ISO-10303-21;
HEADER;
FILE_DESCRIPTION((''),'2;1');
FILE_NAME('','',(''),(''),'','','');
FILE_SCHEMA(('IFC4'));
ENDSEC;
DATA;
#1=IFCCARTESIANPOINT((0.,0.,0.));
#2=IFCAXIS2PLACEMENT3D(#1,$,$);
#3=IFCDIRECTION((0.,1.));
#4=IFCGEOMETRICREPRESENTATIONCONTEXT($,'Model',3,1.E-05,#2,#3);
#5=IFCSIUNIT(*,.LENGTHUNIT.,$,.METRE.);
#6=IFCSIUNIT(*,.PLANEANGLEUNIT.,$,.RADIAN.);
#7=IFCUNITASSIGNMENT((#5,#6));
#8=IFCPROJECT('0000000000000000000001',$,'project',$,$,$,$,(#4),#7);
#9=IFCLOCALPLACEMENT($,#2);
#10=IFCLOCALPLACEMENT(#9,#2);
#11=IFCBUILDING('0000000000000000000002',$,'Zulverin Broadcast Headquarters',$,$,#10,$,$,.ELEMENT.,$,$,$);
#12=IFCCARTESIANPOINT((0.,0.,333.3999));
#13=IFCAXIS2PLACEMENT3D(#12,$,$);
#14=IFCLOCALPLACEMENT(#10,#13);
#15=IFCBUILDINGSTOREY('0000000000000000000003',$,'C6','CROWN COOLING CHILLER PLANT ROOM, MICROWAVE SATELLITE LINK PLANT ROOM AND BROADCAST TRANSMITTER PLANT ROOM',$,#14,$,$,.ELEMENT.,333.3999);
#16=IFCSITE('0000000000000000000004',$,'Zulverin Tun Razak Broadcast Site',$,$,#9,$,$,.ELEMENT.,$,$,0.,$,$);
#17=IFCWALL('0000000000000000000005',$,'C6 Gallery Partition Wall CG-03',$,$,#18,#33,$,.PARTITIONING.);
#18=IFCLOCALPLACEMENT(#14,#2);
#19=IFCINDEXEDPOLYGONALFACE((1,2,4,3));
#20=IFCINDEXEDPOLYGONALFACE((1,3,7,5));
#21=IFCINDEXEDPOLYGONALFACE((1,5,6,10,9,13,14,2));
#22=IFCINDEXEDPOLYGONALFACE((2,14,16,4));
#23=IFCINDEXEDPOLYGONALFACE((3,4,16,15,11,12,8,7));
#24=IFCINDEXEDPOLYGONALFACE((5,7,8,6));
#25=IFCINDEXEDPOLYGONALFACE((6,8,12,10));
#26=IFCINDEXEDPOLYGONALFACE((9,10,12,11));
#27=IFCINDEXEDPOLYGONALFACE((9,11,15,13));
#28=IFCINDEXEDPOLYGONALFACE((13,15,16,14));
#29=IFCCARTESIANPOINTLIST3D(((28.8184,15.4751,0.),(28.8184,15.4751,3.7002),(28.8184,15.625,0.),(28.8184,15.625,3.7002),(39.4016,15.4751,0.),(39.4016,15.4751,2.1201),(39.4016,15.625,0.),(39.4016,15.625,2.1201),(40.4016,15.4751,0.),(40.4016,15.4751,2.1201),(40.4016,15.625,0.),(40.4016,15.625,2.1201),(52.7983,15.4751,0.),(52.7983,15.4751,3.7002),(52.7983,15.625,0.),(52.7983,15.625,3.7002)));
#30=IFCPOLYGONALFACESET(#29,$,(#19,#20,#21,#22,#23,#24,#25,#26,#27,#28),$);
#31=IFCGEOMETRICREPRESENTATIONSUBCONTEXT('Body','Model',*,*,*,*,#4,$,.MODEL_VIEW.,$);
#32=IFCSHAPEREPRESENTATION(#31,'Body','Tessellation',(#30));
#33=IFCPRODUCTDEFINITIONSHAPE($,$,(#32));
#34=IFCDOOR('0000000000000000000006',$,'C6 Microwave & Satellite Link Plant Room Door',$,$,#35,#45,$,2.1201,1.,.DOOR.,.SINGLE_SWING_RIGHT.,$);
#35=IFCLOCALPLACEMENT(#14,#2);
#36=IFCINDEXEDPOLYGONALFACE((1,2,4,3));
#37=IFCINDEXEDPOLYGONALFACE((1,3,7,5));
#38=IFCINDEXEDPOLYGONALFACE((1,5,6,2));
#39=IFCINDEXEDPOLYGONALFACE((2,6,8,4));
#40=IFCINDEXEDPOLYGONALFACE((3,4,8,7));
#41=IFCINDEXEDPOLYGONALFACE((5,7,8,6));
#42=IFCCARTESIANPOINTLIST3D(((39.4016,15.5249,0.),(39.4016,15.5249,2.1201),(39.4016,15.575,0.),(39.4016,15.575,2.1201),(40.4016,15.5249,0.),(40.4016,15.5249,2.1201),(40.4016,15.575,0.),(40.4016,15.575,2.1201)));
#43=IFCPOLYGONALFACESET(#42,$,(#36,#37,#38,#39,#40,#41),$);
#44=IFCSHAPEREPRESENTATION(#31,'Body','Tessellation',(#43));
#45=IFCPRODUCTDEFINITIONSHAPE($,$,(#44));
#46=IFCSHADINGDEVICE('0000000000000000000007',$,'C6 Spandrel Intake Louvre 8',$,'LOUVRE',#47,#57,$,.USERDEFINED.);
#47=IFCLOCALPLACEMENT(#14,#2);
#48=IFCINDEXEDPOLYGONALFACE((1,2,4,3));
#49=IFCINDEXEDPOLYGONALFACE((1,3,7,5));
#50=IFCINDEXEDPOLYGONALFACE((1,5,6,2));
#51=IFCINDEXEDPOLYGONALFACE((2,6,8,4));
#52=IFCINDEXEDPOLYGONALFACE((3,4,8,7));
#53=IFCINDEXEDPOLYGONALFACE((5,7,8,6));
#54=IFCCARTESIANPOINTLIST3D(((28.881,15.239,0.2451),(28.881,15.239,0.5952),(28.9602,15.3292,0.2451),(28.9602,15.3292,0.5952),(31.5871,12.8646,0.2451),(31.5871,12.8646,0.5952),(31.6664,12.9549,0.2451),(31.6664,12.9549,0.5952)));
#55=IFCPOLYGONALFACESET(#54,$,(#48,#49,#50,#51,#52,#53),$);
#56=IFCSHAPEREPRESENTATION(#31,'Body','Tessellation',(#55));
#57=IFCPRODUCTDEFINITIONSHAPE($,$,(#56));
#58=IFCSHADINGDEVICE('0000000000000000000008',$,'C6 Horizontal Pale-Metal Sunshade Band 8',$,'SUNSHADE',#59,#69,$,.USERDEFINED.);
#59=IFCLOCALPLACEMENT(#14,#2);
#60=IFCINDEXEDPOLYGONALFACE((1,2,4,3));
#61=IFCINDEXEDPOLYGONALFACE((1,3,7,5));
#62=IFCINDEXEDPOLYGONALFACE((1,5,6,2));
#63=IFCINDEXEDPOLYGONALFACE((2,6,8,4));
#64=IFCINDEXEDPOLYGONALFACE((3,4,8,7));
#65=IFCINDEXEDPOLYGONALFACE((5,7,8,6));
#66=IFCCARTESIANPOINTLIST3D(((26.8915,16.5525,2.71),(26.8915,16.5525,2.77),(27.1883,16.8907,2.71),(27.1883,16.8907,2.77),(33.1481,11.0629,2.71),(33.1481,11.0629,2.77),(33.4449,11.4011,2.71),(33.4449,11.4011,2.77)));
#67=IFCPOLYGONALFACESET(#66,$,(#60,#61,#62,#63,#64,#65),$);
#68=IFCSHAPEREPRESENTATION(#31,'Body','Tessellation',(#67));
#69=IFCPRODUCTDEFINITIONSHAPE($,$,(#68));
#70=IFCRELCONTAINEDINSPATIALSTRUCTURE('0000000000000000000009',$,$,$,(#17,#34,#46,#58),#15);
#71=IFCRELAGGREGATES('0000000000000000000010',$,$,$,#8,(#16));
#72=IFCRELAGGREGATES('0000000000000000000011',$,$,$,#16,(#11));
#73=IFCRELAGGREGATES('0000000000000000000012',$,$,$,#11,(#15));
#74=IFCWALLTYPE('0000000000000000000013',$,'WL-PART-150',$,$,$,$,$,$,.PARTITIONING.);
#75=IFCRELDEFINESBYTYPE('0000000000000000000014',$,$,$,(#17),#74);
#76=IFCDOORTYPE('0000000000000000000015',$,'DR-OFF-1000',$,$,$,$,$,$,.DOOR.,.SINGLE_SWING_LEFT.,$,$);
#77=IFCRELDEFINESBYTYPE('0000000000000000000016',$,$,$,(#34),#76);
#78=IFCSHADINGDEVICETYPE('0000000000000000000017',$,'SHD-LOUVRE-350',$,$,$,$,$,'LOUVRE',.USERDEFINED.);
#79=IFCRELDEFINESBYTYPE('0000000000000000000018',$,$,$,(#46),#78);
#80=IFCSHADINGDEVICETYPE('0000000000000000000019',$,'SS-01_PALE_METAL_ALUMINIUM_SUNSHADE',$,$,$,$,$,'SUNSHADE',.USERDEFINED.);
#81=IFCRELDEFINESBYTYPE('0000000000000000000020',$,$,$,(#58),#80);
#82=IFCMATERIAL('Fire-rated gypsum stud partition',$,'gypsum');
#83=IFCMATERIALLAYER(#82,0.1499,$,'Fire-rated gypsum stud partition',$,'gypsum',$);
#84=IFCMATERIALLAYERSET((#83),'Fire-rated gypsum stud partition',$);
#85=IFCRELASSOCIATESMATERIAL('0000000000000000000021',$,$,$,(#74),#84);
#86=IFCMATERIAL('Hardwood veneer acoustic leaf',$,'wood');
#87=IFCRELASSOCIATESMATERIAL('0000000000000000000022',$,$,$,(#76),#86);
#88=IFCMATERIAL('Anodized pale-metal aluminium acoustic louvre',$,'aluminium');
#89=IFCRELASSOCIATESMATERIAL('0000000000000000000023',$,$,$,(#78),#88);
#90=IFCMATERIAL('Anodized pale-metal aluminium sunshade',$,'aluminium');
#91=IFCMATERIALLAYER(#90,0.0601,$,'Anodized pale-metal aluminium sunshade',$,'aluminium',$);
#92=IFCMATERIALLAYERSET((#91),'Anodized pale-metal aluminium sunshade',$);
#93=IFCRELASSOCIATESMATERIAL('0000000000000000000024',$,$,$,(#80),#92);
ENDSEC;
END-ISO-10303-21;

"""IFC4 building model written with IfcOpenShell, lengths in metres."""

from ifc_helpers import new_model, si_unit, direction, frame, frame_2d, origin, origin_2d, place, context, subcontext, project, spatial, rectangle, extrude, material, layer, layer_set, type_object, element, fill, save


model = new_model("IFC4")

# Units and contexts
model_context = context("Model", 3, precision=1e-05, world=origin(), true_north=direction((0.0, 1.0)))
body_context = subcontext(model_context, "Body", "Model", "MODEL_VIEW")
ifc_project = project(units=[si_unit("LENGTHUNIT", "METRE"), si_unit("PLANEANGLEUNIT", "RADIAN")], contexts=[model_context])

# Site, building, storey
site_placement = place(None, origin())
site = spatial("IfcSite", under=ifc_project, at=site_placement, Name="Zulverin Tun Razak Broadcast Site", CompositionType="ELEMENT", RefElevation=0.0)
building_placement = place(site_placement, origin())
building = spatial("IfcBuilding", under=site, at=building_placement, Name="Zulverin Broadcast Headquarters", CompositionType="ELEMENT")
storey_placement = place(building_placement, frame((0.0, 0.0, 333.3999)))
storey = spatial("IfcBuildingStorey", under=building, at=storey_placement, Name="C6", Description="CROWN COOLING CHILLER PLANT ROOM, MICROWAVE SATELLITE LINK PLANT ROOM AND BROADCAST TRANSMITTER PLANT ROOM", CompositionType="ELEMENT", Elevation=333.3999)

# Shared definitions
ifc_material_1 = material(Name="Fire-rated gypsum stud partition", Category="gypsum")
ifc_layer_1 = layer(ifc_material_1, 0.1499, Name="Fire-rated gypsum stud partition", Category="gypsum")
ifc_layer_set_1 = layer_set([ifc_layer_1], Name="Fire-rated gypsum stud partition")
wall_type_1 = type_object("IfcWallType", Name="WL-PART-150", PredefinedType="PARTITIONING", material=ifc_layer_set_1)

# Wall, opening, door
ifc_material_2 = material(Name="Hardwood veneer acoustic leaf", Category="wood")
door_type_1 = type_object("IfcDoorType", Name="DR-OFF-1000", OperationType="SINGLE_SWING_LEFT", PredefinedType="DOOR", material=ifc_material_2)
wall_1_placement = place(storey_placement, frame((28.8184, 15.55, 0.0), z_axis=(0.0, 0.0, 1.0), x_axis=(1.0, 0.0, 0.0)))
wall_1 = element("IfcWall", 1, at=wall_1_placement, inside=storey, type_object=wall_type_1, Name="C6 Gallery Partition Wall CG-03", PredefinedType="PARTITIONING", context=body_context, shape_type="SweptSolid", body=[
    extrude(rectangle(XDim=23.98, YDim=0.1499, at=frame_2d((11.99, 0.0))), origin(), (0.0, 0.0, 1.0), 3.7002),
])
opening_1_placement = place(wall_1_placement, frame((10.5833, 0.0, 0.0)))
opening_1 = element("IfcOpeningElement", 2, at=opening_1_placement, cuts=wall_1, PredefinedType="OPENING", context=body_context, shape_type="SweptSolid", body=[
    extrude(rectangle(XDim=1.0, YDim=2.1201, at=frame_2d((0.5, 1.0601))), frame((0.0, 0.085, 0.0), z_axis=(0.0, -1.0, 0.0), x_axis=(1.0, 0.0, 0.0)), (0.0, 0.0, 1.0), 0.1699),
])
door_1_placement = place(opening_1_placement, origin())
door_1 = element("IfcDoor", 3, at=door_1_placement, inside=storey, type_object=door_type_1, Name="C6 Microwave & Satellite Link Plant Room Door", OperationType="SINGLE_SWING_RIGHT", OverallHeight=2.1201, OverallWidth=1.0, PredefinedType="DOOR", context=body_context, shape_type="SweptSolid", body=[
    extrude(rectangle(XDim=1.0, YDim=2.1201, at=frame_2d((0.5, 1.0601))), frame((0.0, 0.0249, 0.0), z_axis=(0.0, -1.0, 0.0), x_axis=(1.0, 0.0, 0.0)), (0.0, 0.0, 1.0), 0.05),
])
fill(opening_1, door_1)

# Shading devices
ifc_material_3 = material(Name="Anodized pale-metal aluminium acoustic louvre", Category="aluminium")
shading_device_type_1 = type_object("IfcShadingDeviceType", Name="SHD-LOUVRE-350", ElementType="LOUVRE", PredefinedType="USERDEFINED", material=ifc_material_3)
shading_device_1_placement = place(storey_placement, frame((30.2737, 14.0969, 0.2451), z_axis=(0.0, 0.0, 1.0), x_axis=(0.751681, -0.659527, 0.0)))
element("IfcShadingDevice", 4, at=shading_device_1_placement, inside=storey, type_object=shading_device_type_1, Name="C6 Spandrel Intake Louvre 8", ObjectType="LOUVRE", PredefinedType="USERDEFINED", context=body_context, shape_type="SweptSolid", body=[
    extrude(rectangle(XDim=3.6001, YDim=0.1201, at=origin_2d()), origin(), (0.0, 0.0, 1.0), 0.3501),
])
ifc_material_4 = material(Name="Anodized pale-metal aluminium sunshade", Category="aluminium")
ifc_layer_2 = layer(ifc_material_4, 0.0601, Name="Anodized pale-metal aluminium sunshade", Category="aluminium")
ifc_layer_set_2 = layer_set([ifc_layer_2], Name="Anodized pale-metal aluminium sunshade")
shading_device_type_2 = type_object("IfcShadingDeviceType", Name="SS-01_PALE_METAL_ALUMINIUM_SUNSHADE", ElementType="SUNSHADE", PredefinedType="USERDEFINED", material=ifc_layer_set_2)
shading_device_2_placement = place(storey_placement, frame((30.1682, 13.9768, 2.71), z_axis=(0.0, 0.0, 1.0), x_axis=(0.751681, -0.659527, 0.0)))
element("IfcShadingDevice", 5, at=shading_device_2_placement, inside=storey, type_object=shading_device_type_2, Name="C6 Horizontal Pale-Metal Sunshade Band 8", ObjectType="SUNSHADE", PredefinedType="USERDEFINED", context=body_context, shape_type="SweptSolid", body=[
    extrude(rectangle(XDim=8.3235, YDim=0.45, at=origin_2d()), origin(), (0.0, 0.0, 1.0), 0.0601),
])

save(model, "model.ifc")
